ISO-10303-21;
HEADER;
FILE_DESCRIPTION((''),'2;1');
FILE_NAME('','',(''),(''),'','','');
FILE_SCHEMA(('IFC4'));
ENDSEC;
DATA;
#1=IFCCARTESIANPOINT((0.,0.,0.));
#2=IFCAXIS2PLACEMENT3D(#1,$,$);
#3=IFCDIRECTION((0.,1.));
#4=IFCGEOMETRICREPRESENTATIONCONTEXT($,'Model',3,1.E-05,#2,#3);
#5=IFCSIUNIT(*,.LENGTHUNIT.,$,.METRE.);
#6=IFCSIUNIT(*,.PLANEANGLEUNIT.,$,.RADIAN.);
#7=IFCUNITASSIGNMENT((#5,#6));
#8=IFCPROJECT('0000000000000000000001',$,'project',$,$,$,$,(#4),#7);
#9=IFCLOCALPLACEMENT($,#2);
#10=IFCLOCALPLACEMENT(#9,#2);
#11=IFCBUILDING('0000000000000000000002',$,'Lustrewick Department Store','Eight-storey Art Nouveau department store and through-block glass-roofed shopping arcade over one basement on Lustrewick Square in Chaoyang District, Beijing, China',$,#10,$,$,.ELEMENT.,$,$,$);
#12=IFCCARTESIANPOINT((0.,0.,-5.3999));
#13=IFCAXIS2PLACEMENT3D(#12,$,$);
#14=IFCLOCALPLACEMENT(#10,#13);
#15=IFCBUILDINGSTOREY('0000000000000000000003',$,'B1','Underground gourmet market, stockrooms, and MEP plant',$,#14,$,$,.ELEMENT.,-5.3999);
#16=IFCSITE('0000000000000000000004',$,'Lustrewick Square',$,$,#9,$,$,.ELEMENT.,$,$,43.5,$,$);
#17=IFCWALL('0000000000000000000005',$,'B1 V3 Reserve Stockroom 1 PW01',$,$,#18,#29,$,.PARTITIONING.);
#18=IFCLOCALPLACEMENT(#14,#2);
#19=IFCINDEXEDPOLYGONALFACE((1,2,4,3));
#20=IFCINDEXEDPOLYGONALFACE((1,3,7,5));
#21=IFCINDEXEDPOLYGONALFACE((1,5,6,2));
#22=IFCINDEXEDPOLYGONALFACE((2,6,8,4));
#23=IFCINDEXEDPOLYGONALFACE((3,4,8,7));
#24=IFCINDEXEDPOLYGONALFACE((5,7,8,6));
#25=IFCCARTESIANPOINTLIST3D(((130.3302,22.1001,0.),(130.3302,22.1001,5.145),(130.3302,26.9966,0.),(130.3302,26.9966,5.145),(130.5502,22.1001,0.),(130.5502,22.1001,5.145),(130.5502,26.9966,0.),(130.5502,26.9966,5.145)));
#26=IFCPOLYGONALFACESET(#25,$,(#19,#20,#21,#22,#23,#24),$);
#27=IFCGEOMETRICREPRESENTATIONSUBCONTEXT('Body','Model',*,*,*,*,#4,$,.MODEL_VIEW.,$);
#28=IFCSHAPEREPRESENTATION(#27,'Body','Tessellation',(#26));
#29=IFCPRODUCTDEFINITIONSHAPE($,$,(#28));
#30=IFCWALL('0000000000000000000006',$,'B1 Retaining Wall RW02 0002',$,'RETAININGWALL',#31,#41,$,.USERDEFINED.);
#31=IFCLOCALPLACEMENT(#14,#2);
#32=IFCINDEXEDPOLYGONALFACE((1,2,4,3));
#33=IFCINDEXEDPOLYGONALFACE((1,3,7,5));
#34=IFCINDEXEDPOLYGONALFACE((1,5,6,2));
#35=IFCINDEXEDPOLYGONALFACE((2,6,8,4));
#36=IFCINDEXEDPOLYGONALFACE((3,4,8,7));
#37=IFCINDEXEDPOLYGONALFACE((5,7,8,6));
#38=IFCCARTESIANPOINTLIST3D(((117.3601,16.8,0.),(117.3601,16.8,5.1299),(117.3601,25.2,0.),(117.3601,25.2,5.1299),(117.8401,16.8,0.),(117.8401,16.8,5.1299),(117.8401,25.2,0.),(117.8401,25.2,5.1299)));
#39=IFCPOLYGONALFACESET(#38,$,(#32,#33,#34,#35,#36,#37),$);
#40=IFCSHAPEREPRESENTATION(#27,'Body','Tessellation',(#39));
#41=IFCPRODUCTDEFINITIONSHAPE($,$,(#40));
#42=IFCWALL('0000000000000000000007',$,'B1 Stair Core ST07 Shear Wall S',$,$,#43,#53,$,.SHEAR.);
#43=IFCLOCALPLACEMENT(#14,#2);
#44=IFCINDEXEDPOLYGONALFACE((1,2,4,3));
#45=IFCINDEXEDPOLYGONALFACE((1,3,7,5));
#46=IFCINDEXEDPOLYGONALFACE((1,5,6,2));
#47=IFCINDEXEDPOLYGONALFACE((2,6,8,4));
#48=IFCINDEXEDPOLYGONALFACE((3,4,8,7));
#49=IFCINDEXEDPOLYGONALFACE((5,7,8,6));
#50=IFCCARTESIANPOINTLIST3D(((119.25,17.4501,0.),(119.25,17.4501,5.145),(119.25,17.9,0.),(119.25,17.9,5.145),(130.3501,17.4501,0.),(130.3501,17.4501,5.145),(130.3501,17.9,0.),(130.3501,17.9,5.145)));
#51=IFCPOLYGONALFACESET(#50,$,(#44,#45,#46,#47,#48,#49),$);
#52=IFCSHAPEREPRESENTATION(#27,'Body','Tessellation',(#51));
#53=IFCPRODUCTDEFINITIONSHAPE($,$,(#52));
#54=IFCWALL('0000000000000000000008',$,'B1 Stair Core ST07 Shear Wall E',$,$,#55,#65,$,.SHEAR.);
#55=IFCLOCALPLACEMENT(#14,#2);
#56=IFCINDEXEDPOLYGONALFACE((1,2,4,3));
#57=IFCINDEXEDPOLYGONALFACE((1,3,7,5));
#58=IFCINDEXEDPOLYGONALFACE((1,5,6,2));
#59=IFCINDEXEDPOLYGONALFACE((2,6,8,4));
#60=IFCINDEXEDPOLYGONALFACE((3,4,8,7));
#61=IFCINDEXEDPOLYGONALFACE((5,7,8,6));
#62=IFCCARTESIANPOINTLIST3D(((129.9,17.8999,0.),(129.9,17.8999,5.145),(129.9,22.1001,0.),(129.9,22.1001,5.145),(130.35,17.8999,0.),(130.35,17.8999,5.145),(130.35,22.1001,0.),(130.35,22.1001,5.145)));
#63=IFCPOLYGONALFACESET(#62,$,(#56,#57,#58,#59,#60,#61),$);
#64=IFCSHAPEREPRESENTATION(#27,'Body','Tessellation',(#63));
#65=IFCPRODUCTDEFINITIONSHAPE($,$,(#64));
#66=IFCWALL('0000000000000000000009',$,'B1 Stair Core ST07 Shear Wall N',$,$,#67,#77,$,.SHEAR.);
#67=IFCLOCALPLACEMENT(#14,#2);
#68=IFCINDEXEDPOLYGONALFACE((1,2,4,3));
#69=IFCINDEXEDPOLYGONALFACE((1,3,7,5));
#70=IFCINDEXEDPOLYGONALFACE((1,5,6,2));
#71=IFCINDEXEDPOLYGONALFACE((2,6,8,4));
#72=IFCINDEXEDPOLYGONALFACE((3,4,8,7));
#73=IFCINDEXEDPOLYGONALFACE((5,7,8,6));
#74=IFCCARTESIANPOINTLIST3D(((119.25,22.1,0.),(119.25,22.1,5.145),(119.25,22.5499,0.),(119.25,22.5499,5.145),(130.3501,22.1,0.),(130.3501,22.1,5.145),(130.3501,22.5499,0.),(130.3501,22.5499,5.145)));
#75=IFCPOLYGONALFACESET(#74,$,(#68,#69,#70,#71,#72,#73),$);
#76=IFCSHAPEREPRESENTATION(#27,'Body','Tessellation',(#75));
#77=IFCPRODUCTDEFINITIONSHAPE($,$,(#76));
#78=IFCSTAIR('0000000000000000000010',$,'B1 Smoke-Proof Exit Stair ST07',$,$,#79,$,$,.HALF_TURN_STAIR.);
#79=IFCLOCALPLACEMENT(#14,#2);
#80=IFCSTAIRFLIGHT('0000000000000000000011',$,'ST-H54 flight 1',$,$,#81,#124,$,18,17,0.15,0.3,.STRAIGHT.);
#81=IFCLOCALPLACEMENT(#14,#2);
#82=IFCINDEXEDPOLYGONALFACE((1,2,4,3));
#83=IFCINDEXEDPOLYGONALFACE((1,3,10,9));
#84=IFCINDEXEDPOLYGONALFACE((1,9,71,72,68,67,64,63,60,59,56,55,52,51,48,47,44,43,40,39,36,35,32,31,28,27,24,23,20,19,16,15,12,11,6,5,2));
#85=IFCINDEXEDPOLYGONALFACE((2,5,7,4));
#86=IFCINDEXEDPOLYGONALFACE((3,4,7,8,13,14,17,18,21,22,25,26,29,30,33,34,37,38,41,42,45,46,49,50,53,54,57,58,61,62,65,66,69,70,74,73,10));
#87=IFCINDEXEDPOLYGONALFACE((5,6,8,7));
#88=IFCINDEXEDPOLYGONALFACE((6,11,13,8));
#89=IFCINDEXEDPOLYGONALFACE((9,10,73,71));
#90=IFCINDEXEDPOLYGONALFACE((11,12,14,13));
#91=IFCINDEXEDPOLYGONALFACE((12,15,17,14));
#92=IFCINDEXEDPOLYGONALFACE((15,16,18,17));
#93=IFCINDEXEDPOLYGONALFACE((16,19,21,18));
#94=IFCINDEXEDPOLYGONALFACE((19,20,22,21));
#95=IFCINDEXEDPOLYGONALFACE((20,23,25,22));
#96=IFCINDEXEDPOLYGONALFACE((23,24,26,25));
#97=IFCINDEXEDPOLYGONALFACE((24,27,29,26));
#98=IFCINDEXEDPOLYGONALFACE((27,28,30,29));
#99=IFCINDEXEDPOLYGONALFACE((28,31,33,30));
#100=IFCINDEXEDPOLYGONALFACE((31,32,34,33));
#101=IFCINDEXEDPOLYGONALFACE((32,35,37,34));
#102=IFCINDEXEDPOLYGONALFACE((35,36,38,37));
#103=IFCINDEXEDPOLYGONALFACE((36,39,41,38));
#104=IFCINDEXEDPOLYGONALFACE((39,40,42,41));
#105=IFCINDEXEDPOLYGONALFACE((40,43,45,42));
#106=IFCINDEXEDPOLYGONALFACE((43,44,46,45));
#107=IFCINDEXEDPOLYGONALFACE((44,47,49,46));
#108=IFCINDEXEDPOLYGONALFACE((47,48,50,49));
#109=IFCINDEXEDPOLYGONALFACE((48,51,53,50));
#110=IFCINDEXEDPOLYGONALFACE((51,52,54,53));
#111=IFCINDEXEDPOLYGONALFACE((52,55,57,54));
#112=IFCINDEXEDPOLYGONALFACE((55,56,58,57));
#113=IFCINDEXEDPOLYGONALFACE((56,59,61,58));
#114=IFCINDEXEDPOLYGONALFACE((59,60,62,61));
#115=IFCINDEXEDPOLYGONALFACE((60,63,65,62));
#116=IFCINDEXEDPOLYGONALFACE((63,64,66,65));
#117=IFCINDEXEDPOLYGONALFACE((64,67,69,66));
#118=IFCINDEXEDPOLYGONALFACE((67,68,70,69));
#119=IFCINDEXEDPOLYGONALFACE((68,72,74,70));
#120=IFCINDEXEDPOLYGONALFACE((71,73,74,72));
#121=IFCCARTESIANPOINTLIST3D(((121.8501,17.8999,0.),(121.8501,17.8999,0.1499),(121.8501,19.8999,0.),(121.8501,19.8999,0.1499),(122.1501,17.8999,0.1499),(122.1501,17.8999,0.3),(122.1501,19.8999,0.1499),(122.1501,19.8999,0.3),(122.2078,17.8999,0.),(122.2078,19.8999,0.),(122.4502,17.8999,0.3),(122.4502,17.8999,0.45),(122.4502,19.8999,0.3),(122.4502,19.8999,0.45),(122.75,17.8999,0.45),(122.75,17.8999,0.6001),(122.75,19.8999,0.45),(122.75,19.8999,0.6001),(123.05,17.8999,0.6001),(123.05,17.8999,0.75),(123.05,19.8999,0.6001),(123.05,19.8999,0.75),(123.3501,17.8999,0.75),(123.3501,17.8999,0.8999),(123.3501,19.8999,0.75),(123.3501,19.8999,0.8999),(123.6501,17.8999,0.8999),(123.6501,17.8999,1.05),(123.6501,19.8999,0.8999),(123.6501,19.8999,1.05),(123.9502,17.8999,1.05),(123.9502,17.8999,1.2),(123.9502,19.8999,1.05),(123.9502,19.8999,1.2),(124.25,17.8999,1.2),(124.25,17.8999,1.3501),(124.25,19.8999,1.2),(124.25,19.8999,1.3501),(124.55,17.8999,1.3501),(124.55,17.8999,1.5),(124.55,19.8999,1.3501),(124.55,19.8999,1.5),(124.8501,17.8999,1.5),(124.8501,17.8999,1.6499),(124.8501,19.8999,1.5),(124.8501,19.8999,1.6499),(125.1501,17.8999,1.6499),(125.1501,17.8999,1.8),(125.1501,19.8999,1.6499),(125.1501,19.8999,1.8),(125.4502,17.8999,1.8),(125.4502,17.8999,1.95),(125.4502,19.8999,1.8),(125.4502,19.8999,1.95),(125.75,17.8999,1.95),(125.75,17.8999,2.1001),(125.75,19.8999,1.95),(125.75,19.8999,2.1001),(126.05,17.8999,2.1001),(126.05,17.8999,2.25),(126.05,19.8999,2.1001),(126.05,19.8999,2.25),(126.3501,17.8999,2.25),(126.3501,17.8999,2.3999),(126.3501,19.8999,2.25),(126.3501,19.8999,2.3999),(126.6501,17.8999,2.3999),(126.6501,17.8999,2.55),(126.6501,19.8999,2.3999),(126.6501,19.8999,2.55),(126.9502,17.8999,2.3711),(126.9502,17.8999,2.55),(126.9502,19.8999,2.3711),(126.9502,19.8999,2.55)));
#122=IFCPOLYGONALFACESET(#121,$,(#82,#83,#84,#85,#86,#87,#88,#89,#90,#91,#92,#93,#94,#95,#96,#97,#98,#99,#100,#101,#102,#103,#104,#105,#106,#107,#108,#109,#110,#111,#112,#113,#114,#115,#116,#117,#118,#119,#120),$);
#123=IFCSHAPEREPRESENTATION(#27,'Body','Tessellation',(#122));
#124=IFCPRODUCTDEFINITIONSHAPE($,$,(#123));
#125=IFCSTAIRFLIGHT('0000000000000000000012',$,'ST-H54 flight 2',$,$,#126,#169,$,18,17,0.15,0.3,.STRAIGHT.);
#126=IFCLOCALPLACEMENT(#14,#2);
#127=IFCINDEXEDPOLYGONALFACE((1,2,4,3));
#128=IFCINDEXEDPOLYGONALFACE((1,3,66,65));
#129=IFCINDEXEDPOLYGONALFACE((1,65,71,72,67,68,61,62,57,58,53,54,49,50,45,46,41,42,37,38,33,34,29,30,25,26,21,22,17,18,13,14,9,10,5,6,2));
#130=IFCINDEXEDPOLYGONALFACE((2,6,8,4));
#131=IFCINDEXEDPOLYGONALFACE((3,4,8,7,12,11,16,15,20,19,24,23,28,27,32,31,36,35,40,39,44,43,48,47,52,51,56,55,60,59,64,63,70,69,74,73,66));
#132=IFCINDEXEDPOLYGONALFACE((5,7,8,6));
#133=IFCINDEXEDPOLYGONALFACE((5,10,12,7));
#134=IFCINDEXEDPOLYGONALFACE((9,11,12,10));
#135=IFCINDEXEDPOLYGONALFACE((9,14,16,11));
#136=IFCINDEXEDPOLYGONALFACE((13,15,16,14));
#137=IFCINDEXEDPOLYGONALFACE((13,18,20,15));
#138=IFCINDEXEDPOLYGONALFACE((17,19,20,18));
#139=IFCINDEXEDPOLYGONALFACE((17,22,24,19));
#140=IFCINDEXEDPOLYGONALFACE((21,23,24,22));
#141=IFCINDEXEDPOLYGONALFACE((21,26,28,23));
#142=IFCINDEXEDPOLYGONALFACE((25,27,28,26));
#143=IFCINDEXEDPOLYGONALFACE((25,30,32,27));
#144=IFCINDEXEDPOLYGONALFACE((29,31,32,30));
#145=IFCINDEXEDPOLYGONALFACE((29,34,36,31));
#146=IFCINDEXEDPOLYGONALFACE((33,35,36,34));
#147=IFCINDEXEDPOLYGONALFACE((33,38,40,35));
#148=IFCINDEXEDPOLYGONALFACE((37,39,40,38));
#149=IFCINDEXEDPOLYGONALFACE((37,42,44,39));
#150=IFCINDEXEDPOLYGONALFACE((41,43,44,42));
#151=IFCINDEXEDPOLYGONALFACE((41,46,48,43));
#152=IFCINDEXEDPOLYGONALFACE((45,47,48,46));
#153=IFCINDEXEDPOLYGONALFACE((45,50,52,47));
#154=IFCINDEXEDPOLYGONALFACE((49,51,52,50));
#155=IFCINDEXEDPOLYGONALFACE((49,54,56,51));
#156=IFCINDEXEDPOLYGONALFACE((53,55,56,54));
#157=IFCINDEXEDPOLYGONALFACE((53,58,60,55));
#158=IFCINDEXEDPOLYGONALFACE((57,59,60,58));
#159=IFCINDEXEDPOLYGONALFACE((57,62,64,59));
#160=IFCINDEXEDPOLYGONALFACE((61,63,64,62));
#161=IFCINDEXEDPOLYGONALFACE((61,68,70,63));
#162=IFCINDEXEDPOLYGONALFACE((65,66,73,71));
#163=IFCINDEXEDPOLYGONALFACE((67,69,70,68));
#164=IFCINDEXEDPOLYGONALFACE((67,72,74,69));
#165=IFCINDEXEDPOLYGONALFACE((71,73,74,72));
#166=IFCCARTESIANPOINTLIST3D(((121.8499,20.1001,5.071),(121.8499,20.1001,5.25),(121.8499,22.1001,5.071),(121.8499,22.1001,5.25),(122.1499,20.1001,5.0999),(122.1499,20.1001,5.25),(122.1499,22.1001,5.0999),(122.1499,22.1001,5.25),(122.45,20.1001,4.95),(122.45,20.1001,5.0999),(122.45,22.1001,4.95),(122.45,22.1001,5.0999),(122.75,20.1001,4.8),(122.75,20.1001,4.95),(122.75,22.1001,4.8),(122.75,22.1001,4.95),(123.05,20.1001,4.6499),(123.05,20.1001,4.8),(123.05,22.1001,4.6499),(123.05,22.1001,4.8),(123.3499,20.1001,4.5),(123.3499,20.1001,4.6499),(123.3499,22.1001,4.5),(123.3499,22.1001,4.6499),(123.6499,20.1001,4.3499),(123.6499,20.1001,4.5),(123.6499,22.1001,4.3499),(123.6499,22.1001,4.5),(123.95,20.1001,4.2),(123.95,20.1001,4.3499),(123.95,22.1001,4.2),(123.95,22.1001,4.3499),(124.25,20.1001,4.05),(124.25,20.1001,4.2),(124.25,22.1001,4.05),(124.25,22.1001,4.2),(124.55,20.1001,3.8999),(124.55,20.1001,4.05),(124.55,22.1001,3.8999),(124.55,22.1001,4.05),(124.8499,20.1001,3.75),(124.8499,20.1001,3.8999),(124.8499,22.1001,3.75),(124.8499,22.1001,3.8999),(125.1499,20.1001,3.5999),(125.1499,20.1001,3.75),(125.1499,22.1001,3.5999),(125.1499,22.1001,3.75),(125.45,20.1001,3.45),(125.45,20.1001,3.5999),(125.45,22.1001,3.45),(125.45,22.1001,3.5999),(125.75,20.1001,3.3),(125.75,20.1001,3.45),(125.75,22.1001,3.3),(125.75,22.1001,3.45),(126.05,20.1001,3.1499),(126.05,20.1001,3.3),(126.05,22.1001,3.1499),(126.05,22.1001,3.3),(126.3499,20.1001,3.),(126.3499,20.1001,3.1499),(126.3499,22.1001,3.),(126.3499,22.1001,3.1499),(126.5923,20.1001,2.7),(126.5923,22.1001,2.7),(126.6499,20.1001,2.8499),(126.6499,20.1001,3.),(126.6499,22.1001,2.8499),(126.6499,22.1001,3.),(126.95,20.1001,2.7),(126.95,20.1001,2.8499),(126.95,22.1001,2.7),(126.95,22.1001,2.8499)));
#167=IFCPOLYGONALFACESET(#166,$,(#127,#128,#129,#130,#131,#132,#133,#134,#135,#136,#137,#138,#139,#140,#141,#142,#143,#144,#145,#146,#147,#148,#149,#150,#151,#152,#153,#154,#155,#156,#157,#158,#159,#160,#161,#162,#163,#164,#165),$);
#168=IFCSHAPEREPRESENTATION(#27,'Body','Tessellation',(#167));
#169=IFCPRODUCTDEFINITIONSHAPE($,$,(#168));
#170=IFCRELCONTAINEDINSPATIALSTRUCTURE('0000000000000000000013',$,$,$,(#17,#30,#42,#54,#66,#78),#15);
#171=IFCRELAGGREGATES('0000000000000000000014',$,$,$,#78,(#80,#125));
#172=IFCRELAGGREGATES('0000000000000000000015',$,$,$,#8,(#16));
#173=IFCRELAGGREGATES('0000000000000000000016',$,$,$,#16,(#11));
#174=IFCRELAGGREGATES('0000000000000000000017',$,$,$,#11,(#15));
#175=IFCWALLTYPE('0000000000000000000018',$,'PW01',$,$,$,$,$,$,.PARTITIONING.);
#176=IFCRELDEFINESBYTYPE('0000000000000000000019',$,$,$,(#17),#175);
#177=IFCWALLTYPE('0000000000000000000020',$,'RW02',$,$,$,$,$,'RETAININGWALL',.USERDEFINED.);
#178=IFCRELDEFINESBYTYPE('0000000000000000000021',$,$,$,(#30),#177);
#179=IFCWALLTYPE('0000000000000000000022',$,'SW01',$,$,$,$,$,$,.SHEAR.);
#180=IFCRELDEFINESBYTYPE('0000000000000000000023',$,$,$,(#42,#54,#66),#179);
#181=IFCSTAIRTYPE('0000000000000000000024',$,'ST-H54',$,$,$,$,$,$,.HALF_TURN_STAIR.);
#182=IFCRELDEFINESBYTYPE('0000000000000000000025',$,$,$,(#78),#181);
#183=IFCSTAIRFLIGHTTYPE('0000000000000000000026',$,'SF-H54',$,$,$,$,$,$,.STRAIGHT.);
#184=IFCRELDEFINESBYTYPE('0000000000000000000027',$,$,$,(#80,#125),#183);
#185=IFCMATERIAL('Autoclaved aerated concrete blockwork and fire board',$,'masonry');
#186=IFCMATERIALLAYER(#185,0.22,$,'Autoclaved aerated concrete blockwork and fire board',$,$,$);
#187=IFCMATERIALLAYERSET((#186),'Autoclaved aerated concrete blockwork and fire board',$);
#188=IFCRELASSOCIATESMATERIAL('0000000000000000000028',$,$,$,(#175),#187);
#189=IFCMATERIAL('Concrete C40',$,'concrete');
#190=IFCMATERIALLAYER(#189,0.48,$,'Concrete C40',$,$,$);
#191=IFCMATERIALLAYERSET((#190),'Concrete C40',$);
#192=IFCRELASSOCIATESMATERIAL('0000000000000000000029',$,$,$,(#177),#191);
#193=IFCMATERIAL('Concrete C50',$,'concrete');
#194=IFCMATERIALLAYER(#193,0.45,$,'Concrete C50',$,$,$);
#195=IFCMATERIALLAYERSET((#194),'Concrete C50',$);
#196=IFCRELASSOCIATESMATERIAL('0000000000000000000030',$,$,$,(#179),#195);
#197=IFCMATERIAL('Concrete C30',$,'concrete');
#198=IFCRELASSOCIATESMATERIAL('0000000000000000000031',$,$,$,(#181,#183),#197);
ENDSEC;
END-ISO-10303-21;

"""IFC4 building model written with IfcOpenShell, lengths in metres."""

from ifc_helpers import new_model, si_unit, direction, frame, frame_2d, origin, place, context, subcontext, project, spatial, polyline, rectangle, outline, extrude, material, layer, layer_set, type_object, element, aggregate, save


model = new_model("IFC4")

# Units and contexts
model_context = context("Model", 3, precision=1e-05, world=origin(), true_north=direction((0.0, 1.0)))
body_context = subcontext(model_context, "Body", "Model", "MODEL_VIEW")
ifc_project = project(units=[si_unit("LENGTHUNIT", "METRE"), si_unit("PLANEANGLEUNIT", "RADIAN")], contexts=[model_context])

# Site, building, storey
site_placement = place(None, origin())
site = spatial("IfcSite", under=ifc_project, at=site_placement, Name="Lustrewick Square", CompositionType="ELEMENT", RefElevation=43.5)
building_placement = place(site_placement, origin())
building = spatial("IfcBuilding", under=site, at=building_placement, Name="Lustrewick Department Store", Description="Eight-storey Art Nouveau department store and through-block glass-roofed shopping arcade over one basement on Lustrewick Square in Chaoyang District, Beijing, China", CompositionType="ELEMENT")
storey_placement = place(building_placement, frame((0.0, 0.0, -5.3999)))
storey = spatial("IfcBuildingStorey", under=building, at=storey_placement, Name="B1", Description="Underground gourmet market, stockrooms, and MEP plant", CompositionType="ELEMENT", Elevation=-5.3999)

# Shared definitions
ifc_material_1 = material(Name="Concrete C40", Category="concrete")

# Shared definitions
ifc_material_2 = material(Name="Concrete C50", Category="concrete")

# Walls
ifc_material_3 = material(Name="Autoclaved aerated concrete blockwork and fire board", Category="masonry")
ifc_layer_1 = layer(ifc_material_3, 0.22, Name="Autoclaved aerated concrete blockwork and fire board")
ifc_layer_set_1 = layer_set([ifc_layer_1], Name="Autoclaved aerated concrete blockwork and fire board")
wall_type_1 = type_object("IfcWallType", Name="PW01", PredefinedType="PARTITIONING", material=ifc_layer_set_1)
wall_1_placement = place(storey_placement, frame((130.4402, 22.1001, 0.0), z_axis=(0.0, 0.0, 1.0), x_axis=(0.0, 1.0, 0.0)))
element("IfcWall", 1, at=wall_1_placement, inside=storey, type_object=wall_type_1, Name="B1 V3 Reserve Stockroom 1 PW01", PredefinedType="PARTITIONING", context=body_context, shape_type="SweptSolid", body=[
    extrude(rectangle(XDim=4.8965, YDim=0.22, at=frame_2d((2.4482, 0.0))), origin(), (0.0, 0.0, 1.0), 5.145),
])
ifc_layer_2 = layer(ifc_material_1, 0.48, Name="Concrete C40")
ifc_layer_set_2 = layer_set([ifc_layer_2], Name="Concrete C40")
wall_type_2 = type_object("IfcWallType", Name="RW02", ElementType="RETAININGWALL", PredefinedType="USERDEFINED", material=ifc_layer_set_2)
wall_2_placement = place(storey_placement, frame((117.6001, 16.8, 0.0), z_axis=(0.0, 0.0, 1.0), x_axis=(0.0, 1.0, 0.0)))
element("IfcWall", 2, at=wall_2_placement, inside=storey, type_object=wall_type_2, Name="B1 Retaining Wall RW02 0002", ObjectType="RETAININGWALL", PredefinedType="USERDEFINED", context=body_context, shape_type="SweptSolid", body=[
    extrude(rectangle(XDim=8.3999, YDim=0.48, at=frame_2d((4.2, 0.0))), origin(), (0.0, 0.0, 1.0), 5.1299),
])
ifc_layer_3 = layer(ifc_material_2, 0.45, Name="Concrete C50")
ifc_layer_set_3 = layer_set([ifc_layer_3], Name="Concrete C50")
wall_type_3 = type_object("IfcWallType", Name="SW01", PredefinedType="SHEAR", material=ifc_layer_set_3)
wall_3_placement = place(storey_placement, frame((119.25, 17.675, 0.0), z_axis=(0.0, 0.0, 1.0), x_axis=(1.0, 0.0, 0.0)))
element("IfcWall", 3, at=wall_3_placement, inside=storey, type_object=wall_type_3, Name="B1 Stair Core ST07 Shear Wall S", PredefinedType="SHEAR", context=body_context, shape_type="SweptSolid", body=[
    extrude(rectangle(XDim=11.1001, YDim=0.45, at=frame_2d((5.55, 0.0))), origin(), (0.0, 0.0, 1.0), 5.145),
])
wall_4_placement = place(storey_placement, frame((130.125, 17.8999, 0.0), z_axis=(0.0, 0.0, 1.0), x_axis=(0.0, 1.0, 0.0)))
element("IfcWall", 4, at=wall_4_placement, inside=storey, type_object=wall_type_3, Name="B1 Stair Core ST07 Shear Wall E", PredefinedType="SHEAR", context=body_context, shape_type="SweptSolid", body=[
    extrude(rectangle(XDim=4.2002, YDim=0.45, at=frame_2d((2.1001, 0.0))), origin(), (0.0, 0.0, 1.0), 5.145),
])
wall_5_placement = place(storey_placement, frame((130.3501, 22.325, 0.0), z_axis=(0.0, 0.0, 1.0), x_axis=(-1.0, 0.0, 0.0)))
element("IfcWall", 5, at=wall_5_placement, inside=storey, type_object=wall_type_3, Name="B1 Stair Core ST07 Shear Wall N", PredefinedType="SHEAR", context=body_context, shape_type="SweptSolid", body=[
    extrude(rectangle(XDim=11.1001, YDim=0.45, at=frame_2d((5.55, 0.0))), origin(), (0.0, 0.0, 1.0), 5.145),
])

# Stair, stair flights
ifc_material_4 = material(Name="Concrete C30", Category="concrete")
stair_type = type_object("IfcStairType", Name="ST-H54", PredefinedType="HALF_TURN_STAIR", material=ifc_material_4)
stair_placement = place(storey_placement, origin())
stair = element("IfcStair", 6, at=stair_placement, inside=storey, type_object=stair_type, Name="B1 Smoke-Proof Exit Stair ST07", PredefinedType="HALF_TURN_STAIR")
stair_flight_type = type_object("IfcStairFlightType", Name="SF-H54", PredefinedType="STRAIGHT", material=ifc_material_4)
stair_flight_1_placement = place(storey_placement, frame((121.8501, 18.8999, 0.0), z_axis=(0.0, 0.0, 1.0), x_axis=(1.0, 0.0, 0.0)))
stair_flight_1 = element("IfcStairFlight", 7, at=stair_flight_1_placement, type_object=stair_flight_type, Name="ST-H54 flight 1", NumberOfRisers=18, NumberOfTreads=17, PredefinedType="STRAIGHT", RiserHeight=0.15, TreadLength=0.3, context=body_context, shape_type="SweptSolid", body=[
    extrude(outline(polyline([(0.0, 0.0), (0.0, 0.1499), (0.3, 0.1499), (0.3, 0.3), (0.6001, 0.3), (0.6001, 0.45), (0.8999, 0.45), (0.8999, 0.6001), (1.2, 0.6001), (1.2, 0.75), (1.5, 0.75), (1.5, 0.8999), (1.8, 0.8999), (1.8, 1.05), (2.1001, 1.05), (2.1001, 1.2), (2.3999, 1.2), (2.3999, 1.3501), (2.7, 1.3501), (2.7, 1.5), (3.0, 1.5), (3.0, 1.6499), (3.3, 1.6499), (3.3, 1.8), (3.6001, 1.8), (3.6001, 1.95), (3.8999, 1.95), (3.8999, 2.1001), (4.2, 2.1001), (4.2, 2.25), (4.5, 2.25), (4.5, 2.3999), (4.8, 2.3999), (4.8, 2.55), (5.1001, 2.55), (5.1001, 2.7), (5.1001, 2.3711), (0.3577, 0.0), (0.0, 0.0)])), frame((0.0, 1.0, 0.0), z_axis=(0.0, -1.0, 0.0), x_axis=(1.0, 0.0, 0.0)), (0.0, 0.0, 1.0), 2.0),
])
stair_flight_2_placement = place(storey_placement, frame((126.95, 21.1001, 2.7), z_axis=(0.0, 0.0, 1.0), x_axis=(-1.0, 0.0, 0.0)))
stair_flight_2 = element("IfcStairFlight", 8, at=stair_flight_2_placement, type_object=stair_flight_type, Name="ST-H54 flight 2", NumberOfRisers=18, NumberOfTreads=17, PredefinedType="STRAIGHT", RiserHeight=0.15, TreadLength=0.3, context=body_context, shape_type="SweptSolid", body=[
    extrude(outline(polyline([(0.0, 0.0), (0.0, 0.1499), (0.3, 0.1499), (0.3, 0.3), (0.6001, 0.3), (0.6001, 0.45), (0.8999, 0.45), (0.8999, 0.6001), (1.2, 0.6001), (1.2, 0.75), (1.5, 0.75), (1.5, 0.8999), (1.8, 0.8999), (1.8, 1.05), (2.1001, 1.05), (2.1001, 1.2), (2.3999, 1.2), (2.3999, 1.3501), (2.7, 1.3501), (2.7, 1.5), (3.0, 1.5), (3.0, 1.6499), (3.3, 1.6499), (3.3, 1.8), (3.6001, 1.8), (3.6001, 1.95), (3.8999, 1.95), (3.8999, 2.1001), (4.2, 2.1001), (4.2, 2.25), (4.5, 2.25), (4.5, 2.3999), (4.8, 2.3999), (4.8, 2.55), (5.1001, 2.55), (5.1001, 2.7), (5.1001, 2.3711), (0.3577, 0.0), (0.0, 0.0)])), frame((0.0, 1.0, 0.0), z_axis=(0.0, -1.0, 0.0), x_axis=(1.0, 0.0, 0.0)), (0.0, 0.0, 1.0), 2.0),
])
aggregate(stair, [stair_flight_1, stair_flight_2])

save(model, "model.ifc")
